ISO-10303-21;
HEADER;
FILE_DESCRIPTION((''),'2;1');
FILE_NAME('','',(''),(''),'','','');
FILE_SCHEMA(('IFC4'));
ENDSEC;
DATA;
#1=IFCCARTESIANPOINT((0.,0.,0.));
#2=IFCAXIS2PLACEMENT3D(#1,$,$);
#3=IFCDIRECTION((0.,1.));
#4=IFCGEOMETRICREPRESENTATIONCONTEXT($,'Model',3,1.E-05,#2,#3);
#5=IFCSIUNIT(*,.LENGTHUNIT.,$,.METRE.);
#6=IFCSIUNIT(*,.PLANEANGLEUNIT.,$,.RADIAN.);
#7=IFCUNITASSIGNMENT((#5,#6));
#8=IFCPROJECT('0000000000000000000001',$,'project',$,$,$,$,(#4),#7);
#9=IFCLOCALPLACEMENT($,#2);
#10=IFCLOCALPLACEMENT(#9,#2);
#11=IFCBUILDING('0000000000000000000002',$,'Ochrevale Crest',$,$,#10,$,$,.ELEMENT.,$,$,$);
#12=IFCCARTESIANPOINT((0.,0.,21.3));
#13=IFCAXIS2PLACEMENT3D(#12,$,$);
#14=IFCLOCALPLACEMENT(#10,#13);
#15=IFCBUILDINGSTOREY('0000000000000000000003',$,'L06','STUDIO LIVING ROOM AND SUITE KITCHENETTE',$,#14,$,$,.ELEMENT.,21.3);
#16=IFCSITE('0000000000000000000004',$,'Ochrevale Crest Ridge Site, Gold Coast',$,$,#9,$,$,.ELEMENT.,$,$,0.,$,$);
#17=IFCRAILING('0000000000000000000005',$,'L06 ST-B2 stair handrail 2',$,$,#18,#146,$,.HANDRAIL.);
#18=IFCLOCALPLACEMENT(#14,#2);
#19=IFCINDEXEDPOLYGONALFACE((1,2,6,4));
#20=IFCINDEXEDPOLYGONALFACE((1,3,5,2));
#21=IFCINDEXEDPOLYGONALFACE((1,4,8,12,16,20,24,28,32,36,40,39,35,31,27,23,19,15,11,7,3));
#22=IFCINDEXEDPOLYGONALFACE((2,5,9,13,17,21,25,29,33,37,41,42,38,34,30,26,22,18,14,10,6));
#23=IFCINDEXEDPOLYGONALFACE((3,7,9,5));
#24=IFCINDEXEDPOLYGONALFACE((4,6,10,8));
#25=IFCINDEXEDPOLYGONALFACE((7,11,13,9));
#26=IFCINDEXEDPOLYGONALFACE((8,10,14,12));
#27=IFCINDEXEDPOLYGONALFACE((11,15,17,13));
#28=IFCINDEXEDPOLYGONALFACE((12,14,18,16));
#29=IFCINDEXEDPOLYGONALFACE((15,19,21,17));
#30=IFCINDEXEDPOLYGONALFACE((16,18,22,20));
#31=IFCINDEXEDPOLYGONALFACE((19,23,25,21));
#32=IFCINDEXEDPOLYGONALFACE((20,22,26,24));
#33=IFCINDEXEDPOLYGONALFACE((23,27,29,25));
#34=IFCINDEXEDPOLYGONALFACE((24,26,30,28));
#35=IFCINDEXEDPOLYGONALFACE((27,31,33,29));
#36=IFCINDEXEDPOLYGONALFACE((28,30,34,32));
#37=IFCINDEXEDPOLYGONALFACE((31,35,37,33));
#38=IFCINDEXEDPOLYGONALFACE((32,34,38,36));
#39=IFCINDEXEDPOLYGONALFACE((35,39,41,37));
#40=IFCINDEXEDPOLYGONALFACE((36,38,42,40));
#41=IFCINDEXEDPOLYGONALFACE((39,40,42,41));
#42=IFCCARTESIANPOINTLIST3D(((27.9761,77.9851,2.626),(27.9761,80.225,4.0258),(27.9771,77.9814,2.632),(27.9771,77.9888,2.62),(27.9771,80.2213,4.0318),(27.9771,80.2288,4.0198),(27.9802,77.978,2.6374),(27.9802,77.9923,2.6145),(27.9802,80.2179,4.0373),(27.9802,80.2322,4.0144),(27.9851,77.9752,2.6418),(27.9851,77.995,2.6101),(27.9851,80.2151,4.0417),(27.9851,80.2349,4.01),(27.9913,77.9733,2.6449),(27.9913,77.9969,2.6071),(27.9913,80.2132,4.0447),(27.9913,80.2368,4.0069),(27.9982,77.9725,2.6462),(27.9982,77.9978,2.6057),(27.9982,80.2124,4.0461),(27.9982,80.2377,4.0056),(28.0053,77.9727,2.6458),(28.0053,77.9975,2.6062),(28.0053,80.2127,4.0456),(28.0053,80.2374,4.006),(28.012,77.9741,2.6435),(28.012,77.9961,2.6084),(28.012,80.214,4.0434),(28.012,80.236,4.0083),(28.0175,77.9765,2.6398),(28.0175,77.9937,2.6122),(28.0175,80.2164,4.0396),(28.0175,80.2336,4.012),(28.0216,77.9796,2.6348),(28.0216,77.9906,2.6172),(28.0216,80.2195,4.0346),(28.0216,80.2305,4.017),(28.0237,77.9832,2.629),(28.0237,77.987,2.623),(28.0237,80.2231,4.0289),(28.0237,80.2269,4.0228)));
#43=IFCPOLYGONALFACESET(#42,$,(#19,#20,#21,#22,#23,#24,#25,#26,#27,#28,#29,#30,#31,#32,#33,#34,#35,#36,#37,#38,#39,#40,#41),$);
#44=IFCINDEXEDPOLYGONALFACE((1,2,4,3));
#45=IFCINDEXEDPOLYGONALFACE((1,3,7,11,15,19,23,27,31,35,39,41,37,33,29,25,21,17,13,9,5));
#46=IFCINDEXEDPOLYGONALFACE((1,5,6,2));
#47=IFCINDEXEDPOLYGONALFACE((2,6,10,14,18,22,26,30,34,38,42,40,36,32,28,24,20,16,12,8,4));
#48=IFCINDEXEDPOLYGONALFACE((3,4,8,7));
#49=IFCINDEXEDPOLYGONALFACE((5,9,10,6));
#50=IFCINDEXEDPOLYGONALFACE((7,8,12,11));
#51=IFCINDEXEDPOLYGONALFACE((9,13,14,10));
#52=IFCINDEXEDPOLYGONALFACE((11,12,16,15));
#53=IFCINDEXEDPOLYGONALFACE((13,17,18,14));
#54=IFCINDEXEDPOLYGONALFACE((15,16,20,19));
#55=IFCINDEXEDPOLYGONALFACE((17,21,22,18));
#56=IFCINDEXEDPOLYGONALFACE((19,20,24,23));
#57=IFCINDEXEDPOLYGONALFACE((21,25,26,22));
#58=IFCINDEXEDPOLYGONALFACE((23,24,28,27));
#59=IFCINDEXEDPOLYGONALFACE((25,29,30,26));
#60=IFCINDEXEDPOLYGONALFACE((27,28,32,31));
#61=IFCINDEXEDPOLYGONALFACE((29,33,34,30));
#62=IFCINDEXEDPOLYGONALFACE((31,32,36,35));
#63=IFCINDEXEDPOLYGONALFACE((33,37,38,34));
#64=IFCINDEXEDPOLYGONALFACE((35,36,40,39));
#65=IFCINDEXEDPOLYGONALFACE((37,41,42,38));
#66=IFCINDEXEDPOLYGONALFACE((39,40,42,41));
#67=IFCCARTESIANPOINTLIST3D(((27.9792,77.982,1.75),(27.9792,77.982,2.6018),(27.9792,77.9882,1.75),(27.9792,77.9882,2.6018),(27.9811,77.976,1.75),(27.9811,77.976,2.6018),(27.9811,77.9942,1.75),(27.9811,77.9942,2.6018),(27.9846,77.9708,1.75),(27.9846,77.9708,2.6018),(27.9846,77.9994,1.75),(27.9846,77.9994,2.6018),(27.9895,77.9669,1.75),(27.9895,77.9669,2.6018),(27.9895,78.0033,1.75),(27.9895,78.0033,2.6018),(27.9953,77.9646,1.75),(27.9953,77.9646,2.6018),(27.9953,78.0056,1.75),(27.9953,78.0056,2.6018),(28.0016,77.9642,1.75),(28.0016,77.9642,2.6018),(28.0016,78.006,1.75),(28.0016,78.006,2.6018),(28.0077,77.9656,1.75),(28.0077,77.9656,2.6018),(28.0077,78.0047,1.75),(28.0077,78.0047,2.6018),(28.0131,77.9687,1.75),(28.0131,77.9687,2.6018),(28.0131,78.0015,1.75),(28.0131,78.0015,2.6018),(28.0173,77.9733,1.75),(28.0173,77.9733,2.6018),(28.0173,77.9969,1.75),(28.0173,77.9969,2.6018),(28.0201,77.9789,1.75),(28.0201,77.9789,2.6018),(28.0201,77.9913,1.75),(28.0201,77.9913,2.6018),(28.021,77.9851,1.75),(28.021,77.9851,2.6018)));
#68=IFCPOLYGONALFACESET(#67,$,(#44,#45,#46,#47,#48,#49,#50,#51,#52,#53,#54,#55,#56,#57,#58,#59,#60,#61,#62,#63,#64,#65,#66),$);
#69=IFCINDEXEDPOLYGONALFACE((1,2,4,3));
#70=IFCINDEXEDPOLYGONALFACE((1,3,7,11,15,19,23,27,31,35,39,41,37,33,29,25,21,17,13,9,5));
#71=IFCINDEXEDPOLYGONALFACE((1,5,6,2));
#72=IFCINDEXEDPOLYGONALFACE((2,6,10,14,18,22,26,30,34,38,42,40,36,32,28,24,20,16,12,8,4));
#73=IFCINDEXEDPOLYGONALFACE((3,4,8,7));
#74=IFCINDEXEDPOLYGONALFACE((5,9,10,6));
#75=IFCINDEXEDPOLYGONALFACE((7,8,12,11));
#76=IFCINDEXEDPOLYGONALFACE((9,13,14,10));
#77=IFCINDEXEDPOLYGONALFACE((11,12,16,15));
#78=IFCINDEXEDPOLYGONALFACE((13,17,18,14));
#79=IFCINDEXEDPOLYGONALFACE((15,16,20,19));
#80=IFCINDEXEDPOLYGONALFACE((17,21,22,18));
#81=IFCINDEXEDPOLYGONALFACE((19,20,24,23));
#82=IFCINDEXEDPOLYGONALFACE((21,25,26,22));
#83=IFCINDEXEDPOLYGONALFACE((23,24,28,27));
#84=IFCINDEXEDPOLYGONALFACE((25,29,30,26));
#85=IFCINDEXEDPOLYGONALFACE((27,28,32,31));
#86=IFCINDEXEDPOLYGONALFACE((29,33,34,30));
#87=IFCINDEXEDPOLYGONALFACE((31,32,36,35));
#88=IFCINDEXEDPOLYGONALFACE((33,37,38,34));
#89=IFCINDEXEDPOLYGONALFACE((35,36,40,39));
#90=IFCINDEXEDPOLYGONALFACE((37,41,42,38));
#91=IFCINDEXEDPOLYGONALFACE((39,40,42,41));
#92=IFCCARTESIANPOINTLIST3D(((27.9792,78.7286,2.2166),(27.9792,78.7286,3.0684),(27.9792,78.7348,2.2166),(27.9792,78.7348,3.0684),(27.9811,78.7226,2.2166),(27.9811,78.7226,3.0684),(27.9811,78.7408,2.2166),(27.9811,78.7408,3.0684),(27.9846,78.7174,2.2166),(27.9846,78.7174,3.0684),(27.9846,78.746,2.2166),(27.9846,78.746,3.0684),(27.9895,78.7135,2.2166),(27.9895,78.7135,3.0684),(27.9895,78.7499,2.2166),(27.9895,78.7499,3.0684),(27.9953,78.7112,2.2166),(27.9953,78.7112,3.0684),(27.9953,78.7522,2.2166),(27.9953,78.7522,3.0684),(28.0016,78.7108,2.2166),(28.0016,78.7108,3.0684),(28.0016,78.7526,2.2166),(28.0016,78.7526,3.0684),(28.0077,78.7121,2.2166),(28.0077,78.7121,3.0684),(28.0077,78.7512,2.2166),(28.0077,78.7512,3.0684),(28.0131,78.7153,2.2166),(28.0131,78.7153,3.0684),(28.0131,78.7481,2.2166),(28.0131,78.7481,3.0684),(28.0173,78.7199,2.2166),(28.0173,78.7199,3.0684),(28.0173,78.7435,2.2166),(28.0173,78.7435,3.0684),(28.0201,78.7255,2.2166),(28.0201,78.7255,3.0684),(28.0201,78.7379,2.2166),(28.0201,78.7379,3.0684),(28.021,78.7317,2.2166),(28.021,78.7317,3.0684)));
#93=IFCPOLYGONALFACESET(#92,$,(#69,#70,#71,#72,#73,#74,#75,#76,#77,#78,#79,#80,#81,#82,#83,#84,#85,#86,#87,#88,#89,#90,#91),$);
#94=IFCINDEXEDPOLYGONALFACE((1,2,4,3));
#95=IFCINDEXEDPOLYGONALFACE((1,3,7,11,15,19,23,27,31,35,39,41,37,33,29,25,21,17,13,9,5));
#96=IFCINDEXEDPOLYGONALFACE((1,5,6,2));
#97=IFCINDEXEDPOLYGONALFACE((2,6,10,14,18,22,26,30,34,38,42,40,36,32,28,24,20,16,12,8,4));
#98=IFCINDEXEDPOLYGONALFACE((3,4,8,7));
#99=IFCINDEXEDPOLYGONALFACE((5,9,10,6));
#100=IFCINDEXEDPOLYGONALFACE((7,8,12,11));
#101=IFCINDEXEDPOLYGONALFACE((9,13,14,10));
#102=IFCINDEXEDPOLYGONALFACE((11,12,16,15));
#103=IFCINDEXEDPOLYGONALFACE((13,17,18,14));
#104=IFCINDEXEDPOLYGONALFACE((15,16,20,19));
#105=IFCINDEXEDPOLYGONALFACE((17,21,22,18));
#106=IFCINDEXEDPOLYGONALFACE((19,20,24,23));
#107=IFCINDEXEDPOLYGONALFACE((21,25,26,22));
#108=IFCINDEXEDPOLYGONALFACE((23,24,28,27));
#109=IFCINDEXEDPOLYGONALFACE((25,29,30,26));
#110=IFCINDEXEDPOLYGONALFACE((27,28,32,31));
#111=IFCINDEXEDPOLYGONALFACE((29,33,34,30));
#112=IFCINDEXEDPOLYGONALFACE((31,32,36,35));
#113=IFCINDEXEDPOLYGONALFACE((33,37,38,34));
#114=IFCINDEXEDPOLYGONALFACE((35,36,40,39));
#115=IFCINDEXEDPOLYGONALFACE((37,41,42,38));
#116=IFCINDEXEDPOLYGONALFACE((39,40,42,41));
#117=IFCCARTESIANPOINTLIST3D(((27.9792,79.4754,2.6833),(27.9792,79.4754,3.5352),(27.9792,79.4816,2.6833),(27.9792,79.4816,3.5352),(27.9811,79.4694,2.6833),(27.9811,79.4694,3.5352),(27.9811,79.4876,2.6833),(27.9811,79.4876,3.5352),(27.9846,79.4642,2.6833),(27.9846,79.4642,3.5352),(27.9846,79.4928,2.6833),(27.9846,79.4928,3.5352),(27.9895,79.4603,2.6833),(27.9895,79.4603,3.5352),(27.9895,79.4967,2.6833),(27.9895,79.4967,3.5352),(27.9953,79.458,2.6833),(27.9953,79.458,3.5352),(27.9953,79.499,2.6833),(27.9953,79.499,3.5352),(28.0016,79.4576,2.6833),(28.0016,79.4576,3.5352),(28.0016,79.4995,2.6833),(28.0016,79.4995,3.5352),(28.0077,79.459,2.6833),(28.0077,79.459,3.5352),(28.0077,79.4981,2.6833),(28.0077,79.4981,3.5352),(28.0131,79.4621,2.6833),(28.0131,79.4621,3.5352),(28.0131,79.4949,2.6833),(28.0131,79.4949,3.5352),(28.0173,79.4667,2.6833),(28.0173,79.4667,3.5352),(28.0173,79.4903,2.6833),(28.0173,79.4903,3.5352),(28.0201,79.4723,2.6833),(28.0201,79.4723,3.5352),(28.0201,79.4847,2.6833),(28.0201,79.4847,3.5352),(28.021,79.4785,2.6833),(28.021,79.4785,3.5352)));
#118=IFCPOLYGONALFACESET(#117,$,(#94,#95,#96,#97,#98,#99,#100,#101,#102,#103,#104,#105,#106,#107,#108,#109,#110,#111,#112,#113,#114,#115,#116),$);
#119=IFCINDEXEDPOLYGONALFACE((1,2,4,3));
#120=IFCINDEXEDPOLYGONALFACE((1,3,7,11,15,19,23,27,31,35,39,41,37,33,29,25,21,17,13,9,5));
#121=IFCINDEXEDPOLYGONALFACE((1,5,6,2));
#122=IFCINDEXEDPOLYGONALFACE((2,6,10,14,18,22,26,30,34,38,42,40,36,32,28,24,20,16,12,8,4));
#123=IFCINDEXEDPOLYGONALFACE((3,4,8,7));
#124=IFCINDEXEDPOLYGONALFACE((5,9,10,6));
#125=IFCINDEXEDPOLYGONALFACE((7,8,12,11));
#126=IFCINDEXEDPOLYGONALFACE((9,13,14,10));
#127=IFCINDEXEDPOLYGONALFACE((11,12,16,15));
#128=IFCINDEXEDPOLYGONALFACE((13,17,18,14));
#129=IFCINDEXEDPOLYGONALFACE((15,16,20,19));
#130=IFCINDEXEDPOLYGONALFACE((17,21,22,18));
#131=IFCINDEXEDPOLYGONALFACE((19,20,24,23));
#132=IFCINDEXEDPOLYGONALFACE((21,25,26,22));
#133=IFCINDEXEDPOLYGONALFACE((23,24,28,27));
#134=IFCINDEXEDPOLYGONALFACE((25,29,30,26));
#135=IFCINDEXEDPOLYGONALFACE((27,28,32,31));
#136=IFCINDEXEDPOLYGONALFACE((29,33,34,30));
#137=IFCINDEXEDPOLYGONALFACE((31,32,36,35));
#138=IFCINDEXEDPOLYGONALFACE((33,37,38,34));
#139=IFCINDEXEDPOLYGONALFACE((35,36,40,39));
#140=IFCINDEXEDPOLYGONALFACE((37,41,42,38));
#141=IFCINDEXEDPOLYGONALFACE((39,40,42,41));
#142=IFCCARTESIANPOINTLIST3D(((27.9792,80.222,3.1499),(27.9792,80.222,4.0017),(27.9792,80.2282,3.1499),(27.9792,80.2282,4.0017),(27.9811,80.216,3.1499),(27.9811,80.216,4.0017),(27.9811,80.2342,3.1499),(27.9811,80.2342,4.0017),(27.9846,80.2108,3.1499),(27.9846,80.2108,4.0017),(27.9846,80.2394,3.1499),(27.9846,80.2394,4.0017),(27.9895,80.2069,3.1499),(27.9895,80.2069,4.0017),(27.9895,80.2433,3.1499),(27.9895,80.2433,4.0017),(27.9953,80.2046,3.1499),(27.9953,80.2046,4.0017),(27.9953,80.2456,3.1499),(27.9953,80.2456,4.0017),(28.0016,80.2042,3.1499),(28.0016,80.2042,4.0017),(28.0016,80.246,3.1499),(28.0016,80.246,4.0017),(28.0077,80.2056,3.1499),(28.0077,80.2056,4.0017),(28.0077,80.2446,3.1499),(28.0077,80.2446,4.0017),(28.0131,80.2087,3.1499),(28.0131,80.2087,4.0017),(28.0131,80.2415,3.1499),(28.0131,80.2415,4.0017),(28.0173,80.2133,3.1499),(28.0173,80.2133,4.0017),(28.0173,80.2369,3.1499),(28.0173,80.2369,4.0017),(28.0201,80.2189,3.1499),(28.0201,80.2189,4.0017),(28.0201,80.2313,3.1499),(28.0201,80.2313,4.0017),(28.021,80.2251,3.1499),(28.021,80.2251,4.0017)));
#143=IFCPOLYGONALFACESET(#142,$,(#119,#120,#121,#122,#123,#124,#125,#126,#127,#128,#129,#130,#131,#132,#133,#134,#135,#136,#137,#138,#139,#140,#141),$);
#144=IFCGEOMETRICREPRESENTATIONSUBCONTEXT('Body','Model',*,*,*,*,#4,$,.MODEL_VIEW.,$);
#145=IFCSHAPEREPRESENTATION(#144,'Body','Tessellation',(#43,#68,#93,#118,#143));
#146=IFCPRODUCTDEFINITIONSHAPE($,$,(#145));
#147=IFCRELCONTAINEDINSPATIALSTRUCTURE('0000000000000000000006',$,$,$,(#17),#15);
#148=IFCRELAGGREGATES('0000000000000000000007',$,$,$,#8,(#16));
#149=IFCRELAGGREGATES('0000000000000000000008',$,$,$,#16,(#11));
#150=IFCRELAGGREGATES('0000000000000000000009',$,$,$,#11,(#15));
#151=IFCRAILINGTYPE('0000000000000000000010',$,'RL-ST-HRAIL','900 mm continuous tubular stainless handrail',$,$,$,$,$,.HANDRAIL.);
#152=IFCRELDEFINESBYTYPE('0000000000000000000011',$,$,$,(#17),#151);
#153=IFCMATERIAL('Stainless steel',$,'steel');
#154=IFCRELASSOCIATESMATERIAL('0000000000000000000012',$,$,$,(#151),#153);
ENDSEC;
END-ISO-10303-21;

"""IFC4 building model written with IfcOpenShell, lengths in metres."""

from ifc_helpers import new_model, si_unit, direction, frame, origin, origin_2d, place, context, subcontext, project, spatial, circle, extrude, material, type_object, element, save


model = new_model("IFC4")

# Units and contexts
model_context = context("Model", 3, precision=1e-05, world=origin(), true_north=direction((0.0, 1.0)))
body_context = subcontext(model_context, "Body", "Model", "MODEL_VIEW")
ifc_project = project(units=[si_unit("LENGTHUNIT", "METRE"), si_unit("PLANEANGLEUNIT", "RADIAN")], contexts=[model_context])

# Site, building, storey
site_placement = place(None, origin())
site = spatial("IfcSite", under=ifc_project, at=site_placement, Name="Ochrevale Crest Ridge Site, Gold Coast", CompositionType="ELEMENT", RefElevation=0.0)
building_placement = place(site_placement, origin())
building = spatial("IfcBuilding", under=site, at=building_placement, Name="Ochrevale Crest", CompositionType="ELEMENT")
storey_placement = place(building_placement, frame((0.0, 0.0, 21.3)))
storey = spatial("IfcBuildingStorey", under=building, at=storey_placement, Name="L06", Description="STUDIO LIVING ROOM AND SUITE KITCHENETTE", CompositionType="ELEMENT", Elevation=21.3)

# Railing
ifc_material_1 = material(Name="Stainless steel", Category="steel")
railing_type_1 = type_object("IfcRailingType", Name="RL-ST-HRAIL", Description="900 mm continuous tubular stainless handrail", PredefinedType="HANDRAIL", material=ifc_material_1)
railing_1_placement = place(storey_placement, frame((28.0, 77.9851, 1.75)))
element("IfcRailing", 1, at=railing_1_placement, inside=storey, type_object=railing_type_1, Name="L06 ST-B2 stair handrail 2", PredefinedType="HANDRAIL", context=body_context, shape_type="SweptSolid", body=[
    extrude(circle(Radius=0.0239, at=origin_2d()), frame((0.0, 0.0, 0.876), z_axis=(0.0, 0.848014, 0.529974), x_axis=(-1.0, 0.0, 0.0)), (0.0, 0.0, 1.0), 2.6414),
    extrude(circle(Radius=0.021, at=origin_2d()), origin(), (0.0, 0.0, 1.0), 0.8518),
    extrude(circle(Radius=0.021, at=origin_2d()), frame((0.0, 0.7466, 0.4666)), (0.0, 0.0, 1.0), 0.8518),
    extrude(circle(Radius=0.021, at=origin_2d()), frame((0.0, 1.4934, 0.9333)), (0.0, 0.0, 1.0), 0.8518),
    extrude(circle(Radius=0.021, at=origin_2d()), frame((0.0, 2.24, 1.3999)), (0.0, 0.0, 1.0), 0.8518),
])

save(model, "model.ifc")
